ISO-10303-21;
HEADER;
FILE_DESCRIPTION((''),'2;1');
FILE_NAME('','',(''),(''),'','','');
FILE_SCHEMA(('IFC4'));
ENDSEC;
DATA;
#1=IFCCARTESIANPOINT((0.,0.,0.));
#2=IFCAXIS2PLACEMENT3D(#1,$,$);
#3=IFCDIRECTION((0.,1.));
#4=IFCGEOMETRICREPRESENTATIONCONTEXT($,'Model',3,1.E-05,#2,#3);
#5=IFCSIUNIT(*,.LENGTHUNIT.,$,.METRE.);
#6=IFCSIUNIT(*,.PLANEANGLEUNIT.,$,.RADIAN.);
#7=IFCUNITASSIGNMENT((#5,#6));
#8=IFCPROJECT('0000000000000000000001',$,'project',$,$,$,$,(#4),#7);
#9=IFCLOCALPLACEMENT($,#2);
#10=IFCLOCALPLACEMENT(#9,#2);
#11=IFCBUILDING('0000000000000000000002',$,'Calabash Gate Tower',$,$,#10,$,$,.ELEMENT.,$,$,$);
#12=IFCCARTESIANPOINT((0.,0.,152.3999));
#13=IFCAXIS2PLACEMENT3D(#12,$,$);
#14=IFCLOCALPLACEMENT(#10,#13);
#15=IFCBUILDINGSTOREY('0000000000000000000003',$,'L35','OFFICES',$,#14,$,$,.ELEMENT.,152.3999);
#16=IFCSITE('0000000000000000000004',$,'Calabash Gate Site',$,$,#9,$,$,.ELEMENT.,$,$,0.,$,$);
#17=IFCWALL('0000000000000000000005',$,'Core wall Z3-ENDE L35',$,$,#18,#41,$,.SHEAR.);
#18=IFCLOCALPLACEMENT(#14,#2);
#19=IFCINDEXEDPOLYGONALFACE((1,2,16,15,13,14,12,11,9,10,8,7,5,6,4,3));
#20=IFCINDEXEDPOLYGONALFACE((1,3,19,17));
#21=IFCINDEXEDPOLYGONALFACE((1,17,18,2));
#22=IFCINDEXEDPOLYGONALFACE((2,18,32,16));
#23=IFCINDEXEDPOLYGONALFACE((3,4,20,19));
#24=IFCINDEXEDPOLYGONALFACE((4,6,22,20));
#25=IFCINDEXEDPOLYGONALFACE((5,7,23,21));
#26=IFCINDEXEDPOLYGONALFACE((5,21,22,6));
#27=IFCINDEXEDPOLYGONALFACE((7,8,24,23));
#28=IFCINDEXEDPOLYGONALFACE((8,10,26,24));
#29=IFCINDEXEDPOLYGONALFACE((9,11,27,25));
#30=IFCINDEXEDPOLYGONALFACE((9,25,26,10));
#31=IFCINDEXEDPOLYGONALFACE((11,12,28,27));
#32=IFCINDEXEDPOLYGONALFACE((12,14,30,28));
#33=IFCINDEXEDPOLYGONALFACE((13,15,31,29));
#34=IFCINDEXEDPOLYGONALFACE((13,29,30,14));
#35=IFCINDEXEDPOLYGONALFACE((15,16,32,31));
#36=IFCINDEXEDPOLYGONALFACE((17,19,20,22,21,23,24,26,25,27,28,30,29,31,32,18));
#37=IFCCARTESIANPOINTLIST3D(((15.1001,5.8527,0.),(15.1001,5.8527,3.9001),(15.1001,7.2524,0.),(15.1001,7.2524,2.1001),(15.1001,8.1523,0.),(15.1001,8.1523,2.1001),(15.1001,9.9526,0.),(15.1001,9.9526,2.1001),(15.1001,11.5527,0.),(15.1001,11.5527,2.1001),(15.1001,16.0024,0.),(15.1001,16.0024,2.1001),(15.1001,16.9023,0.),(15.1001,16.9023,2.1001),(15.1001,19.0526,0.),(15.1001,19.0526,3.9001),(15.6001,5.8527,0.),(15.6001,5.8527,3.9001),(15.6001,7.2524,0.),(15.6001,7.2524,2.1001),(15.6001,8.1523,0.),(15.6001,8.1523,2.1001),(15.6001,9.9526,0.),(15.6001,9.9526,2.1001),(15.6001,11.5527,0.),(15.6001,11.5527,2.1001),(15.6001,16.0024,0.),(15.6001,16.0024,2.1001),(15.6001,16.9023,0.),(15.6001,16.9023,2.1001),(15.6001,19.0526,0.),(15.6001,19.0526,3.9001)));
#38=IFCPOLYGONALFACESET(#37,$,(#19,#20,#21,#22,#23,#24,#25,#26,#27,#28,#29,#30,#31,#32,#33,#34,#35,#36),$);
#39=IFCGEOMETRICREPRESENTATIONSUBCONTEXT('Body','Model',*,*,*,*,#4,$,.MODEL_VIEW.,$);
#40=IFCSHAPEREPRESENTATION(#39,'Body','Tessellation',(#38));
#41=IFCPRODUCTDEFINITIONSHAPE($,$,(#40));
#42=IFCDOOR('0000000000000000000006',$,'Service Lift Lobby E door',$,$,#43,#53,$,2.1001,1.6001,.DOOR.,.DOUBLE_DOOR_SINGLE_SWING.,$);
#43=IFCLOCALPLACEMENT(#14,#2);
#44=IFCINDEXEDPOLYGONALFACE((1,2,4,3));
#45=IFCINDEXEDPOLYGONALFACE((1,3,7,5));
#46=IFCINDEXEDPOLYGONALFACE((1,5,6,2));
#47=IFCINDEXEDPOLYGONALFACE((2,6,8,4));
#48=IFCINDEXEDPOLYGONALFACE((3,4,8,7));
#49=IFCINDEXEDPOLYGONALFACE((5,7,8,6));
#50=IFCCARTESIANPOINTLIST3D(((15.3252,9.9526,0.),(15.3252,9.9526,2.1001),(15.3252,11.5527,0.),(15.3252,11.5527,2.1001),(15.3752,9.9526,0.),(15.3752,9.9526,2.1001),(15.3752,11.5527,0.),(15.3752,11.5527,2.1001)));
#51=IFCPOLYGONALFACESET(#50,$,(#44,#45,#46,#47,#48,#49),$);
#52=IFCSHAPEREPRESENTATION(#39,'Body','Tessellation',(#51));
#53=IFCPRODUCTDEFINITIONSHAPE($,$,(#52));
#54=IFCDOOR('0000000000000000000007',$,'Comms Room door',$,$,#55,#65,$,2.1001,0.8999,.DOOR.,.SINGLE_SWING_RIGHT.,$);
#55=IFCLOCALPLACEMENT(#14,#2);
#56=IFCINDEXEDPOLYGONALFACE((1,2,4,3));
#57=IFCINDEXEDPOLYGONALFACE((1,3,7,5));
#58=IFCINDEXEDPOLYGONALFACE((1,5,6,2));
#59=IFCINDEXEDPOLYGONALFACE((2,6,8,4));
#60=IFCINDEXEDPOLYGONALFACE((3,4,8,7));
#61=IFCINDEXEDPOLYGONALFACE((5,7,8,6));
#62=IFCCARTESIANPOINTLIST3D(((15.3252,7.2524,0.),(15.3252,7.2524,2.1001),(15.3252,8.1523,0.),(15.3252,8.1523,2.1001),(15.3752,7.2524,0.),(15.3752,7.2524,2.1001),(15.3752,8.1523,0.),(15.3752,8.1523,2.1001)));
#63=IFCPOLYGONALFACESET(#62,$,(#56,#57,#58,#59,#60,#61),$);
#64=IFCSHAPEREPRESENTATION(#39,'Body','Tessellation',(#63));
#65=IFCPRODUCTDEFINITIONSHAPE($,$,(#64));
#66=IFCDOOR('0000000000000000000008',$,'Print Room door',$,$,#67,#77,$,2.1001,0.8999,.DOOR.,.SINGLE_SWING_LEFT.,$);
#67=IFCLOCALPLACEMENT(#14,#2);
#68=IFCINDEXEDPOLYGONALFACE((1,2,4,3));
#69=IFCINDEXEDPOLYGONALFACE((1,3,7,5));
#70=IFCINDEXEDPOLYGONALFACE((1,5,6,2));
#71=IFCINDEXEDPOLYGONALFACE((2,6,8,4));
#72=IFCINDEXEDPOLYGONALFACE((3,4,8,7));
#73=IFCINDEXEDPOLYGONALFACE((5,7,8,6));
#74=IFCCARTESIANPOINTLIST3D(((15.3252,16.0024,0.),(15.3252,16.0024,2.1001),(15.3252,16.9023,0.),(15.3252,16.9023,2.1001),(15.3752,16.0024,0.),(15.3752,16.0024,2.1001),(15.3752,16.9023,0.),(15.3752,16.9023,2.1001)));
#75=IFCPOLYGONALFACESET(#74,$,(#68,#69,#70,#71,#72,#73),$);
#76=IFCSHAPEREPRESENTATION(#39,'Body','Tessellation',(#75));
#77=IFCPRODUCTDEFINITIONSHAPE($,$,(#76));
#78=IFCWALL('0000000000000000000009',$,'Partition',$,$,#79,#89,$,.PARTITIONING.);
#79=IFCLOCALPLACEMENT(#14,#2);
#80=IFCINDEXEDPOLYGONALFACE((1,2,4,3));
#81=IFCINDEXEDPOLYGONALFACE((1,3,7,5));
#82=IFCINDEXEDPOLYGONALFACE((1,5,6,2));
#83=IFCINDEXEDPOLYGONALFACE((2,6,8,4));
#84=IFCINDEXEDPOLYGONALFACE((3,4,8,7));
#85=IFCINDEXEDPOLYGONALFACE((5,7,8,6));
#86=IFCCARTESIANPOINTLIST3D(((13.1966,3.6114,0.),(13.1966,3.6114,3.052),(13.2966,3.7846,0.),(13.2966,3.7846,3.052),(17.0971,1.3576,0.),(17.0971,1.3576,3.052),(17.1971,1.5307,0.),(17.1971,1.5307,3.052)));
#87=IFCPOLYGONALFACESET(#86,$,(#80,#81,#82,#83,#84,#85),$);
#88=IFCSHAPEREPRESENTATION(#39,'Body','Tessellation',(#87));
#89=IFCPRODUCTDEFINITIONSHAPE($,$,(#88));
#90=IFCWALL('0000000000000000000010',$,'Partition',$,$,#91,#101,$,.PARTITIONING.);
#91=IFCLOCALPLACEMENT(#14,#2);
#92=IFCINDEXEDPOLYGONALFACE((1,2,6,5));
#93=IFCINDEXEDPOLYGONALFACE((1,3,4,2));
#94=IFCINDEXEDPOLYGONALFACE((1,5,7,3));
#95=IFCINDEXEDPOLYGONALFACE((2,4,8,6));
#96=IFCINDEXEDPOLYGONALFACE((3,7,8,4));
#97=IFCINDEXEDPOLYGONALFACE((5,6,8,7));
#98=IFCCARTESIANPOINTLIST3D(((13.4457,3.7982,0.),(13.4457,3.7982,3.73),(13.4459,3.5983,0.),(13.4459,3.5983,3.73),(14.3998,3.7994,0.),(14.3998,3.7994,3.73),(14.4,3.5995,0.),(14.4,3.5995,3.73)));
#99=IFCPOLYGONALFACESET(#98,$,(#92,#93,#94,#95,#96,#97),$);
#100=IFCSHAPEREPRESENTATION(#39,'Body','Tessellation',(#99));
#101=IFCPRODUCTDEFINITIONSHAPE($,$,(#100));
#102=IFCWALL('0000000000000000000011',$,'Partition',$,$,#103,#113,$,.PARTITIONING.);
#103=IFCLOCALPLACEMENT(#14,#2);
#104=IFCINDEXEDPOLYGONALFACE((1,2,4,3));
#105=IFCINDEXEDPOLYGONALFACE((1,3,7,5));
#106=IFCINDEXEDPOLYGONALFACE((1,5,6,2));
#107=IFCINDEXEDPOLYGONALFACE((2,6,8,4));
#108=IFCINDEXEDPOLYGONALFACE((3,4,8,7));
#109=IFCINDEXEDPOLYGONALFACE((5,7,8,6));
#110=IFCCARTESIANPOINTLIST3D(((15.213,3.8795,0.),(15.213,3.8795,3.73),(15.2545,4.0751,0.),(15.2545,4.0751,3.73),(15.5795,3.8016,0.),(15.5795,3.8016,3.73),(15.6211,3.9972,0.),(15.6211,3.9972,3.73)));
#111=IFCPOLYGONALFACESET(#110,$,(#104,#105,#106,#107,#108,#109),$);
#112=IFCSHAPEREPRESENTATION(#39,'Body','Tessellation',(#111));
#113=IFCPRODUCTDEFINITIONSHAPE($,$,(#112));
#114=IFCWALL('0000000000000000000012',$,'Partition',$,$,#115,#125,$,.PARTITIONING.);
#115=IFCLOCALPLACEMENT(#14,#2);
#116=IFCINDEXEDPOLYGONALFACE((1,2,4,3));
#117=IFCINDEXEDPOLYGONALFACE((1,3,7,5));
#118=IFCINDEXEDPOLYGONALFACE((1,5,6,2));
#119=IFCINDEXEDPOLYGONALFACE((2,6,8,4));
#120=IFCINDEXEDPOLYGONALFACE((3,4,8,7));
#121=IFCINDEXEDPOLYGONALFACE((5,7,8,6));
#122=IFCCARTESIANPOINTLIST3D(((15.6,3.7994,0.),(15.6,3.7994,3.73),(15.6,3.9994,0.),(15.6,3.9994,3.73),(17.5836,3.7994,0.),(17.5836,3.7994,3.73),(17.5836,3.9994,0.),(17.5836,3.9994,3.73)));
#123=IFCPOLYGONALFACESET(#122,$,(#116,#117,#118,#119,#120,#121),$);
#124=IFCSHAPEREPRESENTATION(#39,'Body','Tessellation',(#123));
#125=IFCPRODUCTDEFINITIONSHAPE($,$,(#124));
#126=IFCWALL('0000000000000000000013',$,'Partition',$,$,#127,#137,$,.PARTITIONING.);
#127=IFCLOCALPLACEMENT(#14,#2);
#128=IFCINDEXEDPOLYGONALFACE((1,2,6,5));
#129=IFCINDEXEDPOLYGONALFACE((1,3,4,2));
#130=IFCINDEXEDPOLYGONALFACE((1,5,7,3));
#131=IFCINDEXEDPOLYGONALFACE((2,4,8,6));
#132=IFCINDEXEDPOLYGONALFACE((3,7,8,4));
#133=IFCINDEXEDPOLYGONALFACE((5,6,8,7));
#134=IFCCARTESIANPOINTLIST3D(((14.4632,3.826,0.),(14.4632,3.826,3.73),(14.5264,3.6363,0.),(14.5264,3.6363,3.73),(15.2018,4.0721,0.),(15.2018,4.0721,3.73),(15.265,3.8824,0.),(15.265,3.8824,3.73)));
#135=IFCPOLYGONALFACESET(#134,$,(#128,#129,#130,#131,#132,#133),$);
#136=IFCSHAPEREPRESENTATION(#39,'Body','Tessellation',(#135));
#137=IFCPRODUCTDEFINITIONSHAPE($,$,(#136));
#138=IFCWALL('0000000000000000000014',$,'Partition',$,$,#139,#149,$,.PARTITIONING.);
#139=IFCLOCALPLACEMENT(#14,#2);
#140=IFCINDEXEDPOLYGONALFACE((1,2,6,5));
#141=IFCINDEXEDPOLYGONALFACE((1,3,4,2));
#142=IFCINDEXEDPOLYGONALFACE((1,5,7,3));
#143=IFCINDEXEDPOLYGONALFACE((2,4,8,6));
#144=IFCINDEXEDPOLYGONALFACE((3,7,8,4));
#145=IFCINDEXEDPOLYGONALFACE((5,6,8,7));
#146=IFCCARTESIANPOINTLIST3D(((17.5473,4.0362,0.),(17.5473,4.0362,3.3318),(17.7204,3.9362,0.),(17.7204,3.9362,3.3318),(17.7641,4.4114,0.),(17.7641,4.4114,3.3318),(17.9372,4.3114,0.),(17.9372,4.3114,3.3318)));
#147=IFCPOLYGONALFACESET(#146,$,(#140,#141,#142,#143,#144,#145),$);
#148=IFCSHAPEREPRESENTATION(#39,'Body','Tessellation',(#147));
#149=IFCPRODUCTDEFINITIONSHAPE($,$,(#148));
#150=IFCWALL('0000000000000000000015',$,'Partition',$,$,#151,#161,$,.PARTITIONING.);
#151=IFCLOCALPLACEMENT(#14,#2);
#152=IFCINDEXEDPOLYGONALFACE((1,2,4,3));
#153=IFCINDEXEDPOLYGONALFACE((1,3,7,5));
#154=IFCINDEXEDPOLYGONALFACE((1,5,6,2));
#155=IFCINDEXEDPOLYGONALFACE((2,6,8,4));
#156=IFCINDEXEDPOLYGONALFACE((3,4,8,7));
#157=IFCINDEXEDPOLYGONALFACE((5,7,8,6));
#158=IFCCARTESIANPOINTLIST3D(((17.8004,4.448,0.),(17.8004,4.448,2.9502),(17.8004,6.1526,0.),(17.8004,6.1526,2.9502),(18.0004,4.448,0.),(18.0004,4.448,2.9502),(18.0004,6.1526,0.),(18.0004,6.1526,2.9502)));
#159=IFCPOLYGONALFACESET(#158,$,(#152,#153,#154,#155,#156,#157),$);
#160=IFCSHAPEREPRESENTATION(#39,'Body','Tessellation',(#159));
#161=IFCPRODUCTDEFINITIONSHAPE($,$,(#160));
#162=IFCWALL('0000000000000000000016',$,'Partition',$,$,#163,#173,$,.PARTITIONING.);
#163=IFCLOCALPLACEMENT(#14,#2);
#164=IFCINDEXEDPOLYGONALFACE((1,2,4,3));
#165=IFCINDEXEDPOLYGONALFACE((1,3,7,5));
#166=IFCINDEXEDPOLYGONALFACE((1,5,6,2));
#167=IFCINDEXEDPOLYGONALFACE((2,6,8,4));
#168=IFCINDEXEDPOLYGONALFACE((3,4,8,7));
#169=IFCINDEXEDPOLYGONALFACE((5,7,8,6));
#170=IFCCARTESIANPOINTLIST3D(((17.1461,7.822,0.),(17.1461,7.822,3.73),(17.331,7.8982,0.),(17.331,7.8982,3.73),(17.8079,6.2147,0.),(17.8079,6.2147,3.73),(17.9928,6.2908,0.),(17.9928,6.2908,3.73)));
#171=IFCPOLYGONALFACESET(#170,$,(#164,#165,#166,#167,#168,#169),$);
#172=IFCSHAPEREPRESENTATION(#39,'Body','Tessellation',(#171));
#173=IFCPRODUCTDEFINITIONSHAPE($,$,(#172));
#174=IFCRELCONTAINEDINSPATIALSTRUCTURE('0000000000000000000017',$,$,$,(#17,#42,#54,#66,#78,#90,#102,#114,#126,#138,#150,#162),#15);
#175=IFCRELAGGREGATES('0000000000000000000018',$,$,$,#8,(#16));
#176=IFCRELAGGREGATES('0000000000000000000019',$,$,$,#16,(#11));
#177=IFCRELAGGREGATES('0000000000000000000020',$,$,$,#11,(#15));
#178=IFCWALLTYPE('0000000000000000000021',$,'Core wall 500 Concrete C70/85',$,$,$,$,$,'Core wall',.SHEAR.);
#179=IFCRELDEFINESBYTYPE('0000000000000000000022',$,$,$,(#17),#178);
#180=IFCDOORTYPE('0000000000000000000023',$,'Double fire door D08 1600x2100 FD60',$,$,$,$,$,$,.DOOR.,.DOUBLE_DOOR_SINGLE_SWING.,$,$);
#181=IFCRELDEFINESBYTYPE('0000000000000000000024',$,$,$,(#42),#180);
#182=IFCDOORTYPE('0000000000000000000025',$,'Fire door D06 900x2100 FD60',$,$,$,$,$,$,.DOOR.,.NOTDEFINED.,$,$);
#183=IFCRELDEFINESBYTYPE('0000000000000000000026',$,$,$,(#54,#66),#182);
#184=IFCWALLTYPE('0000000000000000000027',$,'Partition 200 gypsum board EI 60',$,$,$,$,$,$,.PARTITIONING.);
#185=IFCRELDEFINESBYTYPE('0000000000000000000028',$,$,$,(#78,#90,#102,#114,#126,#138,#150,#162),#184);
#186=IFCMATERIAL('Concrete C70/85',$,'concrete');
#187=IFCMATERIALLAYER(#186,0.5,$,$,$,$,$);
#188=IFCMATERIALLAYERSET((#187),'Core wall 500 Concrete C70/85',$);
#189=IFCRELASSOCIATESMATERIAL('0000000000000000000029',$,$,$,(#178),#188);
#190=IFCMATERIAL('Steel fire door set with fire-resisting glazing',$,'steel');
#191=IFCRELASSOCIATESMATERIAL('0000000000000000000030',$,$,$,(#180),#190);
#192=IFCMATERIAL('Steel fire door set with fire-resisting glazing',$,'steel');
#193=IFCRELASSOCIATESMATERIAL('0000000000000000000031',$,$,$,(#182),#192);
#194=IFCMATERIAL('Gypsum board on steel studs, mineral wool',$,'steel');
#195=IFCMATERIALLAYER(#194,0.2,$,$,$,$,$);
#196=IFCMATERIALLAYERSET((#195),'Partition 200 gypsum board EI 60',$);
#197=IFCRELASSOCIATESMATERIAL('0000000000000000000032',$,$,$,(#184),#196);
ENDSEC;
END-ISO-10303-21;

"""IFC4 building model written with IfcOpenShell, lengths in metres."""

from ifc_helpers import new_model, si_unit, direction, frame, frame_2d, origin, place, context, subcontext, project, spatial, rectangle, extrude, material, layer, layer_set, type_object, element, fill, save


model = new_model("IFC4")

# Units and contexts
model_context = context("Model", 3, precision=1e-05, world=origin(), true_north=direction((0.0, 1.0)))
body_context = subcontext(model_context, "Body", "Model", "MODEL_VIEW")
ifc_project = project(units=[si_unit("LENGTHUNIT", "METRE"), si_unit("PLANEANGLEUNIT", "RADIAN")], contexts=[model_context])

# Site, building, storey
site_placement = place(None, origin())
site = spatial("IfcSite", under=ifc_project, at=site_placement, Name="Calabash Gate Site", CompositionType="ELEMENT", RefElevation=0.0)
building_placement = place(site_placement, origin())
building = spatial("IfcBuilding", under=site, at=building_placement, Name="Calabash Gate Tower", CompositionType="ELEMENT")
storey_placement = place(building_placement, frame((0.0, 0.0, 152.3999)))
storey = spatial("IfcBuildingStorey", under=building, at=storey_placement, Name="L35", Description="OFFICES", CompositionType="ELEMENT", Elevation=152.3999)

# Wall, openings, doors
ifc_material_1 = material(Name="Concrete C70/85", Category="concrete")
ifc_layer_1 = layer(ifc_material_1, 0.5)
ifc_layer_set_1 = layer_set([ifc_layer_1], Name="Core wall 500 Concrete C70/85")
wall_type_1 = type_object("IfcWallType", Name="Core wall 500 Concrete C70/85", ElementType="Core wall", PredefinedType="SHEAR", material=ifc_layer_set_1)
wall_1_placement = place(storey_placement, frame((15.3501, 5.8525, 0.0), z_axis=(0.0, 0.0, 1.0), x_axis=(0.0, 1.0, 0.0)))
wall_1 = element("IfcWall", 1, at=wall_1_placement, inside=storey, type_object=wall_type_1, Name="Core wall Z3-ENDE L35", PredefinedType="SHEAR", context=body_context, shape_type="SweptSolid", body=[
    extrude(rectangle(XDim=13.2, YDim=0.5, at=frame_2d((6.6001, 0.0))), origin(), (0.0, 0.0, 1.0), 3.9001),
])
opening_1_placement = place(wall_1_placement, frame((4.1001, 0.0, 0.0)))
opening_1 = element("IfcOpeningElement", 2, at=opening_1_placement, cuts=wall_1, PredefinedType="OPENING", context=body_context, shape_type="SweptSolid", body=[
    extrude(rectangle(XDim=1.6001, YDim=2.1001, at=frame_2d((0.8, 1.05))), frame((0.0, 0.26, 0.0), z_axis=(0.0, -1.0, 0.0), x_axis=(1.0, 0.0, 0.0)), (0.0, 0.0, 1.0), 0.52),
])
opening_2_placement = place(wall_1_placement, frame((1.3999, 0.0, 0.0)))
opening_2 = element("IfcOpeningElement", 3, at=opening_2_placement, cuts=wall_1, PredefinedType="OPENING", context=body_context, shape_type="SweptSolid", body=[
    extrude(rectangle(XDim=0.8999, YDim=2.1001, at=frame_2d((0.45, 1.05))), frame((0.0, 0.26, 0.0), z_axis=(0.0, -1.0, 0.0), x_axis=(1.0, 0.0, 0.0)), (0.0, 0.0, 1.0), 0.52),
])
opening_3_placement = place(wall_1_placement, frame((10.1499, 0.0, 0.0)))
opening_3 = element("IfcOpeningElement", 4, at=opening_3_placement, cuts=wall_1, PredefinedType="OPENING", context=body_context, shape_type="SweptSolid", body=[
    extrude(rectangle(XDim=0.8999, YDim=2.1001, at=frame_2d((0.45, 1.05))), frame((0.0, 0.26, 0.0), z_axis=(0.0, -1.0, 0.0), x_axis=(1.0, 0.0, 0.0)), (0.0, 0.0, 1.0), 0.52),
])
ifc_material_2 = material(Name="Steel fire door set with fire-resisting glazing", Category="steel")
door_type_1 = type_object("IfcDoorType", Name="Double fire door D08 1600x2100 FD60", OperationType="DOUBLE_DOOR_SINGLE_SWING", PredefinedType="DOOR", material=ifc_material_2)
door_1_placement = place(opening_1_placement, origin())
door_1 = element("IfcDoor", 5, at=door_1_placement, inside=storey, type_object=door_type_1, Name="Service Lift Lobby E door", OperationType="DOUBLE_DOOR_SINGLE_SWING", OverallHeight=2.1001, OverallWidth=1.6001, PredefinedType="DOOR", context=body_context, shape_type="SweptSolid", body=[
    extrude(rectangle(XDim=1.6001, YDim=2.1001, at=frame_2d((0.8, 1.05))), frame((0.0, 0.0249, 0.0), z_axis=(0.0, -1.0, 0.0), x_axis=(1.0, 0.0, 0.0)), (0.0, 0.0, 1.0), 0.05),
])
fill(opening_1, door_1)
ifc_material_3 = material(Name="Steel fire door set with fire-resisting glazing", Category="steel")
door_type_2 = type_object("IfcDoorType", Name="Fire door D06 900x2100 FD60", OperationType="NOTDEFINED", PredefinedType="DOOR", material=ifc_material_3)
door_2_placement = place(opening_2_placement, origin())
door_2 = element("IfcDoor", 6, at=door_2_placement, inside=storey, type_object=door_type_2, Name="Comms Room door", OperationType="SINGLE_SWING_RIGHT", OverallHeight=2.1001, OverallWidth=0.8999, PredefinedType="DOOR", context=body_context, shape_type="SweptSolid", body=[
    extrude(rectangle(XDim=0.8999, YDim=2.1001, at=frame_2d((0.45, 1.05))), frame((0.0, 0.0249, 0.0), z_axis=(0.0, -1.0, 0.0), x_axis=(1.0, 0.0, 0.0)), (0.0, 0.0, 1.0), 0.05),
])
fill(opening_2, door_2)
door_3_placement = place(opening_3_placement, origin())
door_3 = element("IfcDoor", 7, at=door_3_placement, inside=storey, type_object=door_type_2, Name="Print Room door", OperationType="SINGLE_SWING_LEFT", OverallHeight=2.1001, OverallWidth=0.8999, PredefinedType="DOOR", context=body_context, shape_type="SweptSolid", body=[
    extrude(rectangle(XDim=0.8999, YDim=2.1001, at=frame_2d((0.45, 1.05))), frame((0.0, 0.0249, 0.0), z_axis=(0.0, -1.0, 0.0), x_axis=(1.0, 0.0, 0.0)), (0.0, 0.0, 1.0), 0.05),
])
fill(opening_3, door_3)

# Walls
ifc_material_4 = material(Name="Gypsum board on steel studs, mineral wool", Category="steel")
ifc_layer_2 = layer(ifc_material_4, 0.2)
ifc_layer_set_2 = layer_set([ifc_layer_2], Name="Partition 200 gypsum board EI 60")
wall_type_2 = type_object("IfcWallType", Name="Partition 200 gypsum board EI 60", PredefinedType="PARTITIONING", material=ifc_layer_set_2)
wall_2_placement = place(storey_placement, frame((13.2466, 3.698, 0.0), z_axis=(0.0, 0.0, 1.0), x_axis=(0.865845, -0.500312, 0.0)))
element("IfcWall", 8, at=wall_2_placement, inside=storey, type_object=wall_type_2, Name="Partition", PredefinedType="PARTITIONING", context=body_context, shape_type="SweptSolid", body=[
    extrude(rectangle(XDim=4.5049, YDim=0.2, at=frame_2d((2.2524, 0.0))), origin(), (0.0, 0.0, 1.0), 3.052),
])
wall_3_placement = place(storey_placement, frame((13.4458, 3.6982, 0.0), z_axis=(0.0, 0.0, 1.0), x_axis=(0.999999, 0.001279, 0.0)))
element("IfcWall", 9, at=wall_3_placement, inside=storey, type_object=wall_type_2, Name="Partition", PredefinedType="PARTITIONING", context=body_context, shape_type="SweptSolid", body=[
    extrude(rectangle(XDim=0.9541, YDim=0.2, at=frame_2d((0.4771, 0.0))), origin(), (0.0, 0.0, 1.0), 3.73),
])
wall_4_placement = place(storey_placement, frame((15.2336, 3.9773, 0.0), z_axis=(0.0, 0.0, 1.0), x_axis=(0.978154, -0.207882, 0.0)))
element("IfcWall", 10, at=wall_4_placement, inside=storey, type_object=wall_type_2, Name="Partition", PredefinedType="PARTITIONING", context=body_context, shape_type="SweptSolid", body=[
    extrude(rectangle(XDim=0.3748, YDim=0.2, at=frame_2d((0.1875, 0.0))), origin(), (0.0, 0.0, 1.0), 3.73),
])
wall_5_placement = place(storey_placement, frame((15.6001, 3.8994, 0.0), z_axis=(0.0, 0.0, 1.0), x_axis=(1.0, 0.0, 0.0)))
element("IfcWall", 11, at=wall_5_placement, inside=storey, type_object=wall_type_2, Name="Partition", PredefinedType="PARTITIONING", context=body_context, shape_type="SweptSolid", body=[
    extrude(rectangle(XDim=1.9836, YDim=0.2, at=frame_2d((0.9917, 0.0))), origin(), (0.0, 0.0, 1.0), 3.73),
])
wall_6_placement = place(storey_placement, frame((14.4949, 3.7312, 0.0), z_axis=(0.0, 0.0, 1.0), x_axis=(0.948746, 0.31604, 0.0)))
element("IfcWall", 12, at=wall_6_placement, inside=storey, type_object=wall_type_2, Name="Partition", PredefinedType="PARTITIONING", context=body_context, shape_type="SweptSolid", body=[
    extrude(rectangle(XDim=0.7786, YDim=0.2, at=frame_2d((0.3892, 0.0))), origin(), (0.0, 0.0, 1.0), 3.73),
])
wall_7_placement = place(storey_placement, frame((17.6338, 3.9861, 0.0), z_axis=(0.0, 0.0, 1.0), x_axis=(0.500259, 0.865876, 0.0)))
element("IfcWall", 13, at=wall_7_placement, inside=storey, type_object=wall_type_2, Name="Partition", PredefinedType="PARTITIONING", context=body_context, shape_type="SweptSolid", body=[
    extrude(rectangle(XDim=0.4333, YDim=0.2, at=frame_2d((0.2168, 0.0))), origin(), (0.0, 0.0, 1.0), 3.3318),
])
wall_8_placement = place(storey_placement, frame((17.9004, 4.448, 0.0), z_axis=(0.0, 0.0, 1.0), x_axis=(0.0, 1.0, 0.0)))
element("IfcWall", 14, at=wall_8_placement, inside=storey, type_object=wall_type_2, Name="Partition", PredefinedType="PARTITIONING", context=body_context, shape_type="SweptSolid", body=[
    extrude(rectangle(XDim=1.7046, YDim=0.2, at=frame_2d((0.8523, 0.0))), origin(), (0.0, 0.0, 1.0), 2.9502),
])
wall_9_placement = place(storey_placement, frame((17.2385, 7.8601, 0.0), z_axis=(0.0, 0.0, 1.0), x_axis=(0.380743, -0.924681, 0.0)))
element("IfcWall", 15, at=wall_9_placement, inside=storey, type_object=wall_type_2, Name="Partition", PredefinedType="PARTITIONING", context=body_context, shape_type="SweptSolid", body=[
    extrude(rectangle(XDim=1.7383, YDim=0.2, at=frame_2d((0.8691, 0.0))), origin(), (0.0, 0.0, 1.0), 3.73),
])

save(model, "model.ifc")
